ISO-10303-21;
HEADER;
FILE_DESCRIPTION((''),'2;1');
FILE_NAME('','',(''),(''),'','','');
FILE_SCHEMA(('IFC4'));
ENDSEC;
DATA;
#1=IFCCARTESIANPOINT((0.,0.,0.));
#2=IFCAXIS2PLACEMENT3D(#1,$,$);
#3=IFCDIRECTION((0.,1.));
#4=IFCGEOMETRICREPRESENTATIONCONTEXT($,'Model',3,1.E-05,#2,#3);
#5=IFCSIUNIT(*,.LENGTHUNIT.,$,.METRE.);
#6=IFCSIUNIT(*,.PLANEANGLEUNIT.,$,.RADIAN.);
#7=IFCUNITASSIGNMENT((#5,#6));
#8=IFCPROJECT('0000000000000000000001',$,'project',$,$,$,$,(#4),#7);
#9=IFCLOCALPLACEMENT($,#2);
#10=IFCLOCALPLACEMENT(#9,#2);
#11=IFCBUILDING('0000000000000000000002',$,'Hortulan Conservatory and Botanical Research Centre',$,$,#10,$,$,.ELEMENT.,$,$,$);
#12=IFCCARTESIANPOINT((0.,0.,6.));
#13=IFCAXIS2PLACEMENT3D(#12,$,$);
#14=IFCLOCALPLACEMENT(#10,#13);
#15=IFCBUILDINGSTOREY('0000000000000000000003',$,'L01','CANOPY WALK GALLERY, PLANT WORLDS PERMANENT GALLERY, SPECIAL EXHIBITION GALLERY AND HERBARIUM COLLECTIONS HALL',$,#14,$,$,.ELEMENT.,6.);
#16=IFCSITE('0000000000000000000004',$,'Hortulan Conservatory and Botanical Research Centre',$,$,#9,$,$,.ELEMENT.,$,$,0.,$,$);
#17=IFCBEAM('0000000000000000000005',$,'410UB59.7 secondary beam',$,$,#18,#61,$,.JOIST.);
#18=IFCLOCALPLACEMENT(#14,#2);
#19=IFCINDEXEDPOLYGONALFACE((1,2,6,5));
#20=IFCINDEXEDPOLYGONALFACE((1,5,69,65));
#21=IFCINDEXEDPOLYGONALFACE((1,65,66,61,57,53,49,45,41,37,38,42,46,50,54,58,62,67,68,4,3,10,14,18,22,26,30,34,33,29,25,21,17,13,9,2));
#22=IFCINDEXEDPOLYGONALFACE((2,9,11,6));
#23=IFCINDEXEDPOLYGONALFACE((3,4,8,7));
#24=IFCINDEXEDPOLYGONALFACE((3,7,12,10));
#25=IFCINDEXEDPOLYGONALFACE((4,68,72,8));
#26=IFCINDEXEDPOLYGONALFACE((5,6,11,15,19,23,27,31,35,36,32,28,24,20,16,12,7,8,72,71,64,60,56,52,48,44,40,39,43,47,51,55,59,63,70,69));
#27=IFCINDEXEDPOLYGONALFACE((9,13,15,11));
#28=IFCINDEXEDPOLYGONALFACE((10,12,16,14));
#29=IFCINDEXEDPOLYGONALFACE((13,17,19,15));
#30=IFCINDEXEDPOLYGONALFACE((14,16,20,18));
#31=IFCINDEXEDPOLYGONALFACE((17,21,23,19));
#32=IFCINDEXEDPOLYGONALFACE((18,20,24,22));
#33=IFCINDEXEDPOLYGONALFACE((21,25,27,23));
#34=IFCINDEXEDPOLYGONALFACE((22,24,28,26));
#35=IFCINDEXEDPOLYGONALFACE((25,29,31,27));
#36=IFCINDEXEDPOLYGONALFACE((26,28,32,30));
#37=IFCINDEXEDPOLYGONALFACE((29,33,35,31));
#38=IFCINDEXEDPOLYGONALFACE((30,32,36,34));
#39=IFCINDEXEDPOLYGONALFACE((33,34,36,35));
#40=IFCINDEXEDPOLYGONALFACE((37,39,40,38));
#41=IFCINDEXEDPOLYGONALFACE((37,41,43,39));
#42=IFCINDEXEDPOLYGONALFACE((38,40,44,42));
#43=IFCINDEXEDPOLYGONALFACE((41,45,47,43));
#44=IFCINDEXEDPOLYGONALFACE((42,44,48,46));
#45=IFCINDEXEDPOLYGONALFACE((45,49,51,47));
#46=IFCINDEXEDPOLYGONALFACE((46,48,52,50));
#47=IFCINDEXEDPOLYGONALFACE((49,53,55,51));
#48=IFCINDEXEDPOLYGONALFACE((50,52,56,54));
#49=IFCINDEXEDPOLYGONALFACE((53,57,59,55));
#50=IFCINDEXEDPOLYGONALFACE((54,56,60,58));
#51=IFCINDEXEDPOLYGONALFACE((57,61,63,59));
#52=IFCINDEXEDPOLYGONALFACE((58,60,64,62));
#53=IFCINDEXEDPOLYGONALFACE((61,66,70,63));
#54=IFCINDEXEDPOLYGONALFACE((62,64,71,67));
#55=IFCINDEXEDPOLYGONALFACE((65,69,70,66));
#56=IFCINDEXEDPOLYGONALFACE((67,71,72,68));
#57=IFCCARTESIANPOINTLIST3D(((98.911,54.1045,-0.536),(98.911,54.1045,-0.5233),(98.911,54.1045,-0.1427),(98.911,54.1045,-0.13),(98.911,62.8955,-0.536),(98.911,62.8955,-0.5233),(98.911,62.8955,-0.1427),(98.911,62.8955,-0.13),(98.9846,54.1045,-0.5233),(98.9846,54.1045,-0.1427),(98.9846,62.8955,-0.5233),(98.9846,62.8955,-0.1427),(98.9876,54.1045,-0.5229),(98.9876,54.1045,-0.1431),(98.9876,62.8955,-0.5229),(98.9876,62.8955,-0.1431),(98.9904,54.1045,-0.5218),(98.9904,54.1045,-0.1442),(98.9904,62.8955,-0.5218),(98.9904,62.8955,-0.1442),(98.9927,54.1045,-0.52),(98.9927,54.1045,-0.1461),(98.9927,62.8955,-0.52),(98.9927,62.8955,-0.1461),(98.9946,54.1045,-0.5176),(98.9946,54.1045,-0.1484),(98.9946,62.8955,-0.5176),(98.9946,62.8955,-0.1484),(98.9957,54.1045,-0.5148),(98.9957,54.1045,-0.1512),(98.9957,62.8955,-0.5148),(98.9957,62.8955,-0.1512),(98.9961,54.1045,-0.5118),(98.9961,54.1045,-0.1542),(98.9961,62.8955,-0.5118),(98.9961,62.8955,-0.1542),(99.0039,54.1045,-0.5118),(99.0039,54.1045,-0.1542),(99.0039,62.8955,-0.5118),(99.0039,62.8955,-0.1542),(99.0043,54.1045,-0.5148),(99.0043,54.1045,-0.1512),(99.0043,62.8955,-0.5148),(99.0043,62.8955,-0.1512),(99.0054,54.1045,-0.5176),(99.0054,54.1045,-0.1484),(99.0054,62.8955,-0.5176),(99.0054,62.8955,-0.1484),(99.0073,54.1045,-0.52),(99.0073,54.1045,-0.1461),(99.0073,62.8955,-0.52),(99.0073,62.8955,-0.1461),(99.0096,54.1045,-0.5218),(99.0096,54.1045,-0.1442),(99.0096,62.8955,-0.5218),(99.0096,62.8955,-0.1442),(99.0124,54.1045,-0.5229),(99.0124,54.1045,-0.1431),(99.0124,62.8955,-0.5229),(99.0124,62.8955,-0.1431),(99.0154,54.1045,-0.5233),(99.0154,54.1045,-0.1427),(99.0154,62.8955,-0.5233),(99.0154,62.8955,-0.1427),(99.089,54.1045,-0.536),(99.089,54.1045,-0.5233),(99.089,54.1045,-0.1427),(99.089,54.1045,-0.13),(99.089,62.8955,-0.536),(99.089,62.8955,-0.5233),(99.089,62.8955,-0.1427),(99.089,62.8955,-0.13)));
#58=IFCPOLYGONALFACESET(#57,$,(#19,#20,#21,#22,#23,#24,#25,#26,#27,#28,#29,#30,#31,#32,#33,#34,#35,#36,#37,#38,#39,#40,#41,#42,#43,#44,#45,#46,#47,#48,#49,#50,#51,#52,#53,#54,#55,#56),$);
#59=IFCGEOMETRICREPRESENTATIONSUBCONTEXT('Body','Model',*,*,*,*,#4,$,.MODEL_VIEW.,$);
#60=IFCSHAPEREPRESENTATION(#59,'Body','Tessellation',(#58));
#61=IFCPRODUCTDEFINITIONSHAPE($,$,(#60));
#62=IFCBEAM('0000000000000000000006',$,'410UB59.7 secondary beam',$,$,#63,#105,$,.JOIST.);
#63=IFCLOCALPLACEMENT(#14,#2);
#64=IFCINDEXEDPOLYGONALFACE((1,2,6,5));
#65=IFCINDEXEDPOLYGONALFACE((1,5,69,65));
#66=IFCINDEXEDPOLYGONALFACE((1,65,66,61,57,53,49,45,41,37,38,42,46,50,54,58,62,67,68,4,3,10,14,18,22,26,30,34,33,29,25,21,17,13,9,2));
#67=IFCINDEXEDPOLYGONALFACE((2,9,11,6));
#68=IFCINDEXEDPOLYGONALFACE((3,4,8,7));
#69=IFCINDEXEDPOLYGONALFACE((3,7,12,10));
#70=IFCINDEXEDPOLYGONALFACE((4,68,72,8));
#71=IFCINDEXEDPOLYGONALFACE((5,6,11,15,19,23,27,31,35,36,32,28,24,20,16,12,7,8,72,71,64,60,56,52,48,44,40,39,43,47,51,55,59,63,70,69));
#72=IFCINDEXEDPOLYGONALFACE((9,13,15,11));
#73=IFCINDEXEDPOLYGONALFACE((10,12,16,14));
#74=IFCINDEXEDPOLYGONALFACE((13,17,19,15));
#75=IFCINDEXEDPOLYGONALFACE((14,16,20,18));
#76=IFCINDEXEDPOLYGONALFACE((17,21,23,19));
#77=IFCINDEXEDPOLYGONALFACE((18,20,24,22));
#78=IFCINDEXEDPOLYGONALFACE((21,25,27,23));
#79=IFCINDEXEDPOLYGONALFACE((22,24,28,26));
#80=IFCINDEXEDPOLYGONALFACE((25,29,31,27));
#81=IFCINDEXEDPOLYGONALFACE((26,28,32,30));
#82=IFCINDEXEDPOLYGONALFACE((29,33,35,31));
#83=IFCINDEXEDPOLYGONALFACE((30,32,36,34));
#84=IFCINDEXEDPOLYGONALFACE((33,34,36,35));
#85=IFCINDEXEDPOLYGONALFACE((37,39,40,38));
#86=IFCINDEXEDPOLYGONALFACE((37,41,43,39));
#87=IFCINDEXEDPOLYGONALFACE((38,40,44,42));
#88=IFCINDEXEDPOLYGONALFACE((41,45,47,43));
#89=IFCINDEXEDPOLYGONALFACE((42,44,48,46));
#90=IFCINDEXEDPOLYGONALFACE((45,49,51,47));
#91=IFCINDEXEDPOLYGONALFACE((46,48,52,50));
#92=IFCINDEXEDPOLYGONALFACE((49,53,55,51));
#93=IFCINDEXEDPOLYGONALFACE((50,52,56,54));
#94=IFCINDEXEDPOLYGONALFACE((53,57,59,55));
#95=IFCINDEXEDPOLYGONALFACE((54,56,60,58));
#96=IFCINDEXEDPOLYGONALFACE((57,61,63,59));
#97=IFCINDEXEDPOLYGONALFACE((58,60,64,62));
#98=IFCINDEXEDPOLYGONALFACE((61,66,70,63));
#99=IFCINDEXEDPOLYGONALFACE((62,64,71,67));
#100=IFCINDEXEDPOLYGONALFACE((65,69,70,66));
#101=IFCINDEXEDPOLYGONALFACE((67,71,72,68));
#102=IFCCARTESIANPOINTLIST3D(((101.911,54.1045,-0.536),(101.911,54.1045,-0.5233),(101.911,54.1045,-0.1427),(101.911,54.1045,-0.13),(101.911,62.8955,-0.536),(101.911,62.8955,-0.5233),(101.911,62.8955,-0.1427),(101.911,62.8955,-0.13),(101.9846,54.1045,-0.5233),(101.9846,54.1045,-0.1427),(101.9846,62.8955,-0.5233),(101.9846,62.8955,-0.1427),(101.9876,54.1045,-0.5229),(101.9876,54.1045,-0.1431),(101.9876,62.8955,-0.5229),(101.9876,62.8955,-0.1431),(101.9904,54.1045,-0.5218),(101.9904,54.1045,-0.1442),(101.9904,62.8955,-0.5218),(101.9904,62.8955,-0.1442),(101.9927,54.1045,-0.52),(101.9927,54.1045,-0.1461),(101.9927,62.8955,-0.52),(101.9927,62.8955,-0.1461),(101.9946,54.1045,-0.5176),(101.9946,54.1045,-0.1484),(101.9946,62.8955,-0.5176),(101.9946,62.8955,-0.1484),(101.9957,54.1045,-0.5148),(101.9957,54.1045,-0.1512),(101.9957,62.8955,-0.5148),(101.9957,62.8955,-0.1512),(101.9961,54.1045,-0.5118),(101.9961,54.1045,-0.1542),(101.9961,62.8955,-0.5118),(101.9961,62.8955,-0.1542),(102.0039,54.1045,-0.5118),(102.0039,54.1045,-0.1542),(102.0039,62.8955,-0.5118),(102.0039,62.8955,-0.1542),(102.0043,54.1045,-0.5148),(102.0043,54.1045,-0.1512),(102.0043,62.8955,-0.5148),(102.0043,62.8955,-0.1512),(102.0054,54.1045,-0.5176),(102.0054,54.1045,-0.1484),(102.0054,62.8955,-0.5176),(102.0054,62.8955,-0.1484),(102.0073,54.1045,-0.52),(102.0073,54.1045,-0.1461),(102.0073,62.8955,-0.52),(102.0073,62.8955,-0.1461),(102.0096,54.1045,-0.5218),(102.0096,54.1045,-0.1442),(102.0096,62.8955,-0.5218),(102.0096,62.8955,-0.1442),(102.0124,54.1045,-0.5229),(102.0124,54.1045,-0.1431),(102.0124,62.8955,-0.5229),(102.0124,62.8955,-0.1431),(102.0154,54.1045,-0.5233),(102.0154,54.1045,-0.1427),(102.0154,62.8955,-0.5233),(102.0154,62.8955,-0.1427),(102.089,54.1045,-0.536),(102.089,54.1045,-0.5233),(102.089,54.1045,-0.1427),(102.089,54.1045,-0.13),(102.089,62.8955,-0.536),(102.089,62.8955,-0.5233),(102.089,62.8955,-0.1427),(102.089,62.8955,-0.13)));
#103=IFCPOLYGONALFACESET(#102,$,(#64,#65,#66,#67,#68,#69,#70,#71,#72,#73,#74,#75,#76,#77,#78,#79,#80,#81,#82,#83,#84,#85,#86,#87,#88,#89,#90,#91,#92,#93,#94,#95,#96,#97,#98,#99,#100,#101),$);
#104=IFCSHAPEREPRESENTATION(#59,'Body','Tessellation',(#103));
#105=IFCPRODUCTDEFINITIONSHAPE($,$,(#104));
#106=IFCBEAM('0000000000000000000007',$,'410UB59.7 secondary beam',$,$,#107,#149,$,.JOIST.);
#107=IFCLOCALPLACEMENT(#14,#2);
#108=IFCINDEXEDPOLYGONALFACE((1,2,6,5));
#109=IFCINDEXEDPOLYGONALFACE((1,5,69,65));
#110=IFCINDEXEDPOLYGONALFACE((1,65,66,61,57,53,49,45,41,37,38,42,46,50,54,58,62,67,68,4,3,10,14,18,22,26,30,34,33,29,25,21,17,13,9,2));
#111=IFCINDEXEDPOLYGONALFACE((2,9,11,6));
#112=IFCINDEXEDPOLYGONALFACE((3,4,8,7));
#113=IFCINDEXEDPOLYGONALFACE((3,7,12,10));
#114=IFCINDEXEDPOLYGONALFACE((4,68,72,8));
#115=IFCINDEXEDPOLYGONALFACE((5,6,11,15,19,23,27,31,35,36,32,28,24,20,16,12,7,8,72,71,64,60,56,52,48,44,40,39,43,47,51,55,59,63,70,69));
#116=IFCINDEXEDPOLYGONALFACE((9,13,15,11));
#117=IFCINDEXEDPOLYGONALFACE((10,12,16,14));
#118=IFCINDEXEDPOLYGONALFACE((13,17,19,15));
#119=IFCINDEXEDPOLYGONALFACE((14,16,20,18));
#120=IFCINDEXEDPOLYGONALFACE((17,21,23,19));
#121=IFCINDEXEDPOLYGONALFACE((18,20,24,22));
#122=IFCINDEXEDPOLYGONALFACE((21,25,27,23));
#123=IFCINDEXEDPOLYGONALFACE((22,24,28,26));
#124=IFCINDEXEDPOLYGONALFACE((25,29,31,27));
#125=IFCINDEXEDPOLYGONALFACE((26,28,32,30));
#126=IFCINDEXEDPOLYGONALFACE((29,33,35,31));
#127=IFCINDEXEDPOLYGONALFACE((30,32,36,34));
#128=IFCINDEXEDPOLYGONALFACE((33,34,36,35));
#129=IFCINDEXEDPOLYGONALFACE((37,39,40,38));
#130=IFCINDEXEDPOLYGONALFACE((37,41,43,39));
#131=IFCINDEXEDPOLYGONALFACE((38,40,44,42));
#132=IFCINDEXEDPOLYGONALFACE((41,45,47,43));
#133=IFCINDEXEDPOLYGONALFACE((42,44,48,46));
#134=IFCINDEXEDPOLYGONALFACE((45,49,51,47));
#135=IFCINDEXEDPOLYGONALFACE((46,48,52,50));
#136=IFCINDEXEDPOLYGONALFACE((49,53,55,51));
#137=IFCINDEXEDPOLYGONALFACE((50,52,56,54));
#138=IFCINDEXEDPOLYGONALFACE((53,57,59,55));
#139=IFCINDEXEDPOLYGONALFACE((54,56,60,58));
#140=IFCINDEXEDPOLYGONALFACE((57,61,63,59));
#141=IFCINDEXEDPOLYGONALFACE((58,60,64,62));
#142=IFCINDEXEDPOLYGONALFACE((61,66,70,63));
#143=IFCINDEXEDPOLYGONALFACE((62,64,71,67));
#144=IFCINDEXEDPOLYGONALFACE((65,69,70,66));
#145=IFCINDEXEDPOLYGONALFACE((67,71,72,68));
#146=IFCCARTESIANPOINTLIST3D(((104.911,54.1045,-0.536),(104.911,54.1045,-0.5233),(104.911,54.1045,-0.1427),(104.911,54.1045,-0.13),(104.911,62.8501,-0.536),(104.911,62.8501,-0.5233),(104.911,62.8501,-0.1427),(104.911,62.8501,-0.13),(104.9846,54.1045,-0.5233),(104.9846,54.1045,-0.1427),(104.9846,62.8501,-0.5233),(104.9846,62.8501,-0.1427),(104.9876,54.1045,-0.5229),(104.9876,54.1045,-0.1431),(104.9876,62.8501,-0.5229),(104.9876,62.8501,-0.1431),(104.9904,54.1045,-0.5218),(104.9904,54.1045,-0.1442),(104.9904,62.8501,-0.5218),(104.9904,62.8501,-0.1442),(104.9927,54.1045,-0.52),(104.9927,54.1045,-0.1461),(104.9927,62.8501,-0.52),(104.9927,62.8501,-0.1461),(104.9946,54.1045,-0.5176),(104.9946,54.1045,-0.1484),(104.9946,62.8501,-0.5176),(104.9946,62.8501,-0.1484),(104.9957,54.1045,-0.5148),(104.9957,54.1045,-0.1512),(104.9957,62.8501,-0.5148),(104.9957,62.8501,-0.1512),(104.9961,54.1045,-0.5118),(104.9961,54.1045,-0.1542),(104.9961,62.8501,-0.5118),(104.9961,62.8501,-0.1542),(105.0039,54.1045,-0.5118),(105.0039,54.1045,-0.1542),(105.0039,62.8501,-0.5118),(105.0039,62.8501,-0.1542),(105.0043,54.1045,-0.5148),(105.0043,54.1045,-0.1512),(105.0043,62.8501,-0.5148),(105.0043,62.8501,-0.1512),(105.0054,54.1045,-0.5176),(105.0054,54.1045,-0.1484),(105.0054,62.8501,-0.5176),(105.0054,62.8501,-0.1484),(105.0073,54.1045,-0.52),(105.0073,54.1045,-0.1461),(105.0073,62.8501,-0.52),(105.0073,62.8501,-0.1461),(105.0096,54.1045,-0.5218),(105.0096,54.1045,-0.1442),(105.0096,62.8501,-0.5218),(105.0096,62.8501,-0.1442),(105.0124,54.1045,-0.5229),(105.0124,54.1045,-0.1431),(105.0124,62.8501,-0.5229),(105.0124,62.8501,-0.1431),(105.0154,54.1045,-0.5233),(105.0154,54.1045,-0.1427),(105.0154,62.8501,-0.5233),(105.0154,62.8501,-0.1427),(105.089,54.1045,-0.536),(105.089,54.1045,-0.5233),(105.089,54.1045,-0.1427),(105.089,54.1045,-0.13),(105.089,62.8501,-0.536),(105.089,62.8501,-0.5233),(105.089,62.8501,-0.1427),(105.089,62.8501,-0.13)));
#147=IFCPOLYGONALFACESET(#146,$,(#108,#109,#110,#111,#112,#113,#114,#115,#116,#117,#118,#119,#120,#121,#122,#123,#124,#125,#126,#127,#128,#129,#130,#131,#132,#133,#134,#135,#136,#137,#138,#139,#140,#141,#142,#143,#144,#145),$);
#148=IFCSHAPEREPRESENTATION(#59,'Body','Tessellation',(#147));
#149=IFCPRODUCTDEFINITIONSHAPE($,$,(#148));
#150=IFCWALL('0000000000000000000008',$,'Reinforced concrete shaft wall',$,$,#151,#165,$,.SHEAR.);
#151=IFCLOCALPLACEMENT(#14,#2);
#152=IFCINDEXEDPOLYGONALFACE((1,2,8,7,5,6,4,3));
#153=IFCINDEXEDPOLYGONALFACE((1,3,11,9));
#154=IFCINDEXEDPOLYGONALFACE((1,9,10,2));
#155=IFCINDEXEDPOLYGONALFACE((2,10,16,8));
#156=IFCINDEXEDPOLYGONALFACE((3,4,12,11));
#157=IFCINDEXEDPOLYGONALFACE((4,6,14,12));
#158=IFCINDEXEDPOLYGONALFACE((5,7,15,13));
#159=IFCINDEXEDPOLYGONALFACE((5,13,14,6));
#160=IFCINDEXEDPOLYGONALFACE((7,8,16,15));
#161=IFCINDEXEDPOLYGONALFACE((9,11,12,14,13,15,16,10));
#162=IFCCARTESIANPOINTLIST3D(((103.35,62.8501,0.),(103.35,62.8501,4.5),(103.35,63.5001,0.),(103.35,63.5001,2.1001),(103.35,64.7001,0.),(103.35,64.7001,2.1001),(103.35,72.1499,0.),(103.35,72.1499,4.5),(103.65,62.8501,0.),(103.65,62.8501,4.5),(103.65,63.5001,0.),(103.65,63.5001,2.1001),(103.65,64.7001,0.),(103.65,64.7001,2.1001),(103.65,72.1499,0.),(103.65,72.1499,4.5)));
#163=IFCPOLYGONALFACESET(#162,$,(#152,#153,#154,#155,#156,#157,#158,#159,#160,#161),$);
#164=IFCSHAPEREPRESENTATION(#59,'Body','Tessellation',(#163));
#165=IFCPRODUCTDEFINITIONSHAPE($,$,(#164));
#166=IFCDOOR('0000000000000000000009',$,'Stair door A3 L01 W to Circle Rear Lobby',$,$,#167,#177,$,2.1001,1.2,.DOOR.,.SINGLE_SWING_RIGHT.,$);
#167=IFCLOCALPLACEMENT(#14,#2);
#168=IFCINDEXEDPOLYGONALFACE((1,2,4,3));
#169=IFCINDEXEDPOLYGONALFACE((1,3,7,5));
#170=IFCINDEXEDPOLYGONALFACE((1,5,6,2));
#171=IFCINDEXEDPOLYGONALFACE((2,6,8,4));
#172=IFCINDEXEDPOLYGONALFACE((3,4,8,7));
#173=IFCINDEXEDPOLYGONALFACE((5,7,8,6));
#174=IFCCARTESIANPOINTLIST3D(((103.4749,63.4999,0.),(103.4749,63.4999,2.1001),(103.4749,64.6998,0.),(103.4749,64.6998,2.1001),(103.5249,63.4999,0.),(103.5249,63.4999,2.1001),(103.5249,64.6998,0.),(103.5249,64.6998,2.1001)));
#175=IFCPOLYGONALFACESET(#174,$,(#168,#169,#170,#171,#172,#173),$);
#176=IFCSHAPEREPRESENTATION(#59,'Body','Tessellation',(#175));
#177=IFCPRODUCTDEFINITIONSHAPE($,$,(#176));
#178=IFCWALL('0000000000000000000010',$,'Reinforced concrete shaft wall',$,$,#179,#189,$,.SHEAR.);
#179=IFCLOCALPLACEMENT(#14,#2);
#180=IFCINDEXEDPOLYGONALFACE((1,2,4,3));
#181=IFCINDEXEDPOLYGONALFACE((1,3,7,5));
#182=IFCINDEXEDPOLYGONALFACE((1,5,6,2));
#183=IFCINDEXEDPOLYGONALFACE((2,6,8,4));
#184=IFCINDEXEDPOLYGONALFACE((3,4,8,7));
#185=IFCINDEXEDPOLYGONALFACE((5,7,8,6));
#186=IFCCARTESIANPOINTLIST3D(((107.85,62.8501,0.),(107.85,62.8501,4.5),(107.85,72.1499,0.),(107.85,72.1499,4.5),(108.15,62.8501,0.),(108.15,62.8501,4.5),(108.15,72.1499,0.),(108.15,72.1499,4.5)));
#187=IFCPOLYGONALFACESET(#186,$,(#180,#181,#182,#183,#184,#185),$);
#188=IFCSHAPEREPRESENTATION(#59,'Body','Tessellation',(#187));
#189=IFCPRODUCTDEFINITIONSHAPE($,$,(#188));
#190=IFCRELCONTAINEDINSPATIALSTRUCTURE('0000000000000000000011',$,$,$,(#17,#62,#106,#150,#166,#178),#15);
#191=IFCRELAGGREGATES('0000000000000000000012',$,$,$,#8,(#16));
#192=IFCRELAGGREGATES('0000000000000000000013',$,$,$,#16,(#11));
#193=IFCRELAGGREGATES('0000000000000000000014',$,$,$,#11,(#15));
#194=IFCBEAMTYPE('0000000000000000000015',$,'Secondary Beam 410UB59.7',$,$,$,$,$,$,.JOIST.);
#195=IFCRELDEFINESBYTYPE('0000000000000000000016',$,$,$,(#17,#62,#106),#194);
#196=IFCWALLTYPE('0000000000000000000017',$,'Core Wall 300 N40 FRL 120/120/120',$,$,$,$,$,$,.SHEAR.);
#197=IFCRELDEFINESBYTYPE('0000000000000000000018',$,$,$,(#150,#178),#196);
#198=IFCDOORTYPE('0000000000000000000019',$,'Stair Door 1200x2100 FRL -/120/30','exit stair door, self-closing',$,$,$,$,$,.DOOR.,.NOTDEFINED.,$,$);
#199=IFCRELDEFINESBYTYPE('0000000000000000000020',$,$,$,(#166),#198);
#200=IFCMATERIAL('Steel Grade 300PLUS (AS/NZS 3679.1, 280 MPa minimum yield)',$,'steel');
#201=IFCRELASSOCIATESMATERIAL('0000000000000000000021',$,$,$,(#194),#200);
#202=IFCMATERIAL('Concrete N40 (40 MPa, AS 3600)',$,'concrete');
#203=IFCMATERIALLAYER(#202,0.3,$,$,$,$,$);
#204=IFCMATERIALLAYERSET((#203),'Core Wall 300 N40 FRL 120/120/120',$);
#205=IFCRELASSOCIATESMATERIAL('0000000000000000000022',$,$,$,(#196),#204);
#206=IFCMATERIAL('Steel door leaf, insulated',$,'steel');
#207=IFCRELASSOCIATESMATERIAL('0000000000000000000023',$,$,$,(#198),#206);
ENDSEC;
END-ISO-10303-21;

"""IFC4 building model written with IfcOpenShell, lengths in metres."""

from ifc_helpers import new_model, si_unit, direction, frame, frame_2d, origin, origin_2d, place, context, subcontext, project, spatial, rectangle, i_section, extrude, material, layer, layer_set, material_profile, profile_set, type_object, element, fill, save


model = new_model("IFC4")

# Units and contexts
model_context = context("Model", 3, precision=1e-05, world=origin(), true_north=direction((0.0, 1.0)))
body_context = subcontext(model_context, "Body", "Model", "MODEL_VIEW")
ifc_project = project(units=[si_unit("LENGTHUNIT", "METRE"), si_unit("PLANEANGLEUNIT", "RADIAN")], contexts=[model_context])

# Site, building, storey
site_placement = place(None, origin())
site = spatial("IfcSite", under=ifc_project, at=site_placement, Name="Hortulan Conservatory and Botanical Research Centre", CompositionType="ELEMENT", RefElevation=0.0)
building_placement = place(site_placement, origin())
building = spatial("IfcBuilding", under=site, at=building_placement, Name="Hortulan Conservatory and Botanical Research Centre", CompositionType="ELEMENT")
storey_placement = place(building_placement, frame((0.0, 0.0, 6.0)))
storey = spatial("IfcBuildingStorey", under=building, at=storey_placement, Name="L01", Description="CANOPY WALK GALLERY, PLANT WORLDS PERMANENT GALLERY, SPECIAL EXHIBITION GALLERY AND HERBARIUM COLLECTIONS HALL", CompositionType="ELEMENT", Elevation=6.0)

# Shared definitions
ifc_material_1 = material(Name="Steel Grade 300PLUS (AS/NZS 3679.1, 280 MPa minimum yield)", Category="steel")

# Beams
ifc_material_profile_1 = material_profile(ifc_material_1, i_section(OverallWidth=0.178, OverallDepth=0.406, WebThickness=0.0078, FlangeThickness=0.0127, FilletRadius=0.0115, at=origin_2d()), Name="410UB59.7")
ifc_profile_set_1 = profile_set([ifc_material_profile_1], Name="Steel Grade 300PLUS (AS/NZS 3679.1, 280 MPa minimum yield)")
beam_type_1 = type_object("IfcBeamType", Name="Secondary Beam 410UB59.7", PredefinedType="JOIST", material=ifc_profile_set_1)
for number, where, z_axis, x_axis, name in (
    (1, (99.0, 54.1045, -0.333), (0.0, 1.0, 0.0), (-1.0, 0.0, 0.0), "410UB59.7 secondary beam"),
    (2, (102.0, 54.1045, -0.333), (0.0, 1.0, 0.0), (-1.0, 0.0, 0.0), "410UB59.7 secondary beam"),
):
    element("IfcBeam", number, at=place(storey_placement, frame(where, z_axis=z_axis, x_axis=x_axis)), inside=storey, type_object=beam_type_1, Name=name, PredefinedType="JOIST", context=body_context, shape_type="SweptSolid", body=[
        extrude(i_section(OverallWidth=0.178, OverallDepth=0.406, WebThickness=0.0078, FlangeThickness=0.0127, FilletRadius=0.0115, at=origin_2d()), origin(), (0.0, 0.0, 1.0), 8.791),
    ])
beam_1_placement = place(storey_placement, frame((105.0, 54.1045, -0.333), z_axis=(0.0, 1.0, 0.0), x_axis=(-1.0, 0.0, 0.0)))
element("IfcBeam", 3, at=beam_1_placement, inside=storey, type_object=beam_type_1, Name="410UB59.7 secondary beam", PredefinedType="JOIST", context=body_context, shape_type="SweptSolid", body=[
    extrude(i_section(OverallWidth=0.178, OverallDepth=0.406, WebThickness=0.0078, FlangeThickness=0.0127, FilletRadius=0.0115, at=origin_2d()), origin(), (0.0, 0.0, 1.0), 8.7456),
])

# Wall, opening, door
ifc_material_2 = material(Name="Concrete N40 (40 MPa, AS 3600)", Category="concrete")
ifc_layer_1 = layer(ifc_material_2, 0.3)
ifc_layer_set_1 = layer_set([ifc_layer_1], Name="Core Wall 300 N40 FRL 120/120/120")
wall_type = type_object("IfcWallType", Name="Core Wall 300 N40 FRL 120/120/120", PredefinedType="SHEAR", material=ifc_layer_set_1)
wall_1_placement = place(storey_placement, frame((103.5, 62.8501, 0.0), z_axis=(0.0, 0.0, 1.0), x_axis=(0.0, 1.0, 0.0)))
wall_1 = element("IfcWall", 4, at=wall_1_placement, inside=storey, type_object=wall_type, Name="Reinforced concrete shaft wall", PredefinedType="SHEAR", context=body_context, shape_type="SweptSolid", body=[
    extrude(rectangle(XDim=9.2998, YDim=0.3, at=frame_2d((4.6499, 0.0))), origin(), (0.0, 0.0, 1.0), 4.5),
])
opening_placement = place(wall_1_placement, frame((0.6499, 0.0, 0.0)))
opening = element("IfcOpeningElement", 5, at=opening_placement, cuts=wall_1, PredefinedType="OPENING", context=body_context, shape_type="SweptSolid", body=[
    extrude(rectangle(XDim=1.2, YDim=2.1001, at=frame_2d((0.6001, 1.05))), frame((0.0, 0.1599, 0.0), z_axis=(0.0, -1.0, 0.0), x_axis=(1.0, 0.0, 0.0)), (0.0, 0.0, 1.0), 0.3201),
])
ifc_material_3 = material(Name="Steel door leaf, insulated", Category="steel")
door_type = type_object("IfcDoorType", Name="Stair Door 1200x2100 FRL -/120/30", Description="exit stair door, self-closing", OperationType="NOTDEFINED", PredefinedType="DOOR", material=ifc_material_3)
door_placement = place(opening_placement, frame((1.2, 0.0, 0.0), z_axis=(0.0, 0.0, 1.0), x_axis=(-1.0, 0.0, 0.0)))
door = element("IfcDoor", 6, at=door_placement, inside=storey, type_object=door_type, Name="Stair door A3 L01 W to Circle Rear Lobby", OperationType="SINGLE_SWING_RIGHT", OverallHeight=2.1001, OverallWidth=1.2, PredefinedType="DOOR", context=body_context, shape_type="SweptSolid", body=[
    extrude(rectangle(XDim=1.2, YDim=2.1001, at=frame_2d((0.6001, 1.05))), frame((0.0, 0.0249, 0.0), z_axis=(0.0, -1.0, 0.0), x_axis=(1.0, 0.0, 0.0)), (0.0, 0.0, 1.0), 0.05),
])
fill(opening, door)

# Wall
wall_2_placement = place(storey_placement, frame((108.0, 62.8501, 0.0), z_axis=(0.0, 0.0, 1.0), x_axis=(0.0, 1.0, 0.0)))
element("IfcWall", 7, at=wall_2_placement, inside=storey, type_object=wall_type, Name="Reinforced concrete shaft wall", PredefinedType="SHEAR", context=body_context, shape_type="SweptSolid", body=[
    extrude(rectangle(XDim=9.2998, YDim=0.3, at=frame_2d((4.6499, 0.0))), origin(), (0.0, 0.0, 1.0), 4.5),
])

save(model, "model.ifc")
